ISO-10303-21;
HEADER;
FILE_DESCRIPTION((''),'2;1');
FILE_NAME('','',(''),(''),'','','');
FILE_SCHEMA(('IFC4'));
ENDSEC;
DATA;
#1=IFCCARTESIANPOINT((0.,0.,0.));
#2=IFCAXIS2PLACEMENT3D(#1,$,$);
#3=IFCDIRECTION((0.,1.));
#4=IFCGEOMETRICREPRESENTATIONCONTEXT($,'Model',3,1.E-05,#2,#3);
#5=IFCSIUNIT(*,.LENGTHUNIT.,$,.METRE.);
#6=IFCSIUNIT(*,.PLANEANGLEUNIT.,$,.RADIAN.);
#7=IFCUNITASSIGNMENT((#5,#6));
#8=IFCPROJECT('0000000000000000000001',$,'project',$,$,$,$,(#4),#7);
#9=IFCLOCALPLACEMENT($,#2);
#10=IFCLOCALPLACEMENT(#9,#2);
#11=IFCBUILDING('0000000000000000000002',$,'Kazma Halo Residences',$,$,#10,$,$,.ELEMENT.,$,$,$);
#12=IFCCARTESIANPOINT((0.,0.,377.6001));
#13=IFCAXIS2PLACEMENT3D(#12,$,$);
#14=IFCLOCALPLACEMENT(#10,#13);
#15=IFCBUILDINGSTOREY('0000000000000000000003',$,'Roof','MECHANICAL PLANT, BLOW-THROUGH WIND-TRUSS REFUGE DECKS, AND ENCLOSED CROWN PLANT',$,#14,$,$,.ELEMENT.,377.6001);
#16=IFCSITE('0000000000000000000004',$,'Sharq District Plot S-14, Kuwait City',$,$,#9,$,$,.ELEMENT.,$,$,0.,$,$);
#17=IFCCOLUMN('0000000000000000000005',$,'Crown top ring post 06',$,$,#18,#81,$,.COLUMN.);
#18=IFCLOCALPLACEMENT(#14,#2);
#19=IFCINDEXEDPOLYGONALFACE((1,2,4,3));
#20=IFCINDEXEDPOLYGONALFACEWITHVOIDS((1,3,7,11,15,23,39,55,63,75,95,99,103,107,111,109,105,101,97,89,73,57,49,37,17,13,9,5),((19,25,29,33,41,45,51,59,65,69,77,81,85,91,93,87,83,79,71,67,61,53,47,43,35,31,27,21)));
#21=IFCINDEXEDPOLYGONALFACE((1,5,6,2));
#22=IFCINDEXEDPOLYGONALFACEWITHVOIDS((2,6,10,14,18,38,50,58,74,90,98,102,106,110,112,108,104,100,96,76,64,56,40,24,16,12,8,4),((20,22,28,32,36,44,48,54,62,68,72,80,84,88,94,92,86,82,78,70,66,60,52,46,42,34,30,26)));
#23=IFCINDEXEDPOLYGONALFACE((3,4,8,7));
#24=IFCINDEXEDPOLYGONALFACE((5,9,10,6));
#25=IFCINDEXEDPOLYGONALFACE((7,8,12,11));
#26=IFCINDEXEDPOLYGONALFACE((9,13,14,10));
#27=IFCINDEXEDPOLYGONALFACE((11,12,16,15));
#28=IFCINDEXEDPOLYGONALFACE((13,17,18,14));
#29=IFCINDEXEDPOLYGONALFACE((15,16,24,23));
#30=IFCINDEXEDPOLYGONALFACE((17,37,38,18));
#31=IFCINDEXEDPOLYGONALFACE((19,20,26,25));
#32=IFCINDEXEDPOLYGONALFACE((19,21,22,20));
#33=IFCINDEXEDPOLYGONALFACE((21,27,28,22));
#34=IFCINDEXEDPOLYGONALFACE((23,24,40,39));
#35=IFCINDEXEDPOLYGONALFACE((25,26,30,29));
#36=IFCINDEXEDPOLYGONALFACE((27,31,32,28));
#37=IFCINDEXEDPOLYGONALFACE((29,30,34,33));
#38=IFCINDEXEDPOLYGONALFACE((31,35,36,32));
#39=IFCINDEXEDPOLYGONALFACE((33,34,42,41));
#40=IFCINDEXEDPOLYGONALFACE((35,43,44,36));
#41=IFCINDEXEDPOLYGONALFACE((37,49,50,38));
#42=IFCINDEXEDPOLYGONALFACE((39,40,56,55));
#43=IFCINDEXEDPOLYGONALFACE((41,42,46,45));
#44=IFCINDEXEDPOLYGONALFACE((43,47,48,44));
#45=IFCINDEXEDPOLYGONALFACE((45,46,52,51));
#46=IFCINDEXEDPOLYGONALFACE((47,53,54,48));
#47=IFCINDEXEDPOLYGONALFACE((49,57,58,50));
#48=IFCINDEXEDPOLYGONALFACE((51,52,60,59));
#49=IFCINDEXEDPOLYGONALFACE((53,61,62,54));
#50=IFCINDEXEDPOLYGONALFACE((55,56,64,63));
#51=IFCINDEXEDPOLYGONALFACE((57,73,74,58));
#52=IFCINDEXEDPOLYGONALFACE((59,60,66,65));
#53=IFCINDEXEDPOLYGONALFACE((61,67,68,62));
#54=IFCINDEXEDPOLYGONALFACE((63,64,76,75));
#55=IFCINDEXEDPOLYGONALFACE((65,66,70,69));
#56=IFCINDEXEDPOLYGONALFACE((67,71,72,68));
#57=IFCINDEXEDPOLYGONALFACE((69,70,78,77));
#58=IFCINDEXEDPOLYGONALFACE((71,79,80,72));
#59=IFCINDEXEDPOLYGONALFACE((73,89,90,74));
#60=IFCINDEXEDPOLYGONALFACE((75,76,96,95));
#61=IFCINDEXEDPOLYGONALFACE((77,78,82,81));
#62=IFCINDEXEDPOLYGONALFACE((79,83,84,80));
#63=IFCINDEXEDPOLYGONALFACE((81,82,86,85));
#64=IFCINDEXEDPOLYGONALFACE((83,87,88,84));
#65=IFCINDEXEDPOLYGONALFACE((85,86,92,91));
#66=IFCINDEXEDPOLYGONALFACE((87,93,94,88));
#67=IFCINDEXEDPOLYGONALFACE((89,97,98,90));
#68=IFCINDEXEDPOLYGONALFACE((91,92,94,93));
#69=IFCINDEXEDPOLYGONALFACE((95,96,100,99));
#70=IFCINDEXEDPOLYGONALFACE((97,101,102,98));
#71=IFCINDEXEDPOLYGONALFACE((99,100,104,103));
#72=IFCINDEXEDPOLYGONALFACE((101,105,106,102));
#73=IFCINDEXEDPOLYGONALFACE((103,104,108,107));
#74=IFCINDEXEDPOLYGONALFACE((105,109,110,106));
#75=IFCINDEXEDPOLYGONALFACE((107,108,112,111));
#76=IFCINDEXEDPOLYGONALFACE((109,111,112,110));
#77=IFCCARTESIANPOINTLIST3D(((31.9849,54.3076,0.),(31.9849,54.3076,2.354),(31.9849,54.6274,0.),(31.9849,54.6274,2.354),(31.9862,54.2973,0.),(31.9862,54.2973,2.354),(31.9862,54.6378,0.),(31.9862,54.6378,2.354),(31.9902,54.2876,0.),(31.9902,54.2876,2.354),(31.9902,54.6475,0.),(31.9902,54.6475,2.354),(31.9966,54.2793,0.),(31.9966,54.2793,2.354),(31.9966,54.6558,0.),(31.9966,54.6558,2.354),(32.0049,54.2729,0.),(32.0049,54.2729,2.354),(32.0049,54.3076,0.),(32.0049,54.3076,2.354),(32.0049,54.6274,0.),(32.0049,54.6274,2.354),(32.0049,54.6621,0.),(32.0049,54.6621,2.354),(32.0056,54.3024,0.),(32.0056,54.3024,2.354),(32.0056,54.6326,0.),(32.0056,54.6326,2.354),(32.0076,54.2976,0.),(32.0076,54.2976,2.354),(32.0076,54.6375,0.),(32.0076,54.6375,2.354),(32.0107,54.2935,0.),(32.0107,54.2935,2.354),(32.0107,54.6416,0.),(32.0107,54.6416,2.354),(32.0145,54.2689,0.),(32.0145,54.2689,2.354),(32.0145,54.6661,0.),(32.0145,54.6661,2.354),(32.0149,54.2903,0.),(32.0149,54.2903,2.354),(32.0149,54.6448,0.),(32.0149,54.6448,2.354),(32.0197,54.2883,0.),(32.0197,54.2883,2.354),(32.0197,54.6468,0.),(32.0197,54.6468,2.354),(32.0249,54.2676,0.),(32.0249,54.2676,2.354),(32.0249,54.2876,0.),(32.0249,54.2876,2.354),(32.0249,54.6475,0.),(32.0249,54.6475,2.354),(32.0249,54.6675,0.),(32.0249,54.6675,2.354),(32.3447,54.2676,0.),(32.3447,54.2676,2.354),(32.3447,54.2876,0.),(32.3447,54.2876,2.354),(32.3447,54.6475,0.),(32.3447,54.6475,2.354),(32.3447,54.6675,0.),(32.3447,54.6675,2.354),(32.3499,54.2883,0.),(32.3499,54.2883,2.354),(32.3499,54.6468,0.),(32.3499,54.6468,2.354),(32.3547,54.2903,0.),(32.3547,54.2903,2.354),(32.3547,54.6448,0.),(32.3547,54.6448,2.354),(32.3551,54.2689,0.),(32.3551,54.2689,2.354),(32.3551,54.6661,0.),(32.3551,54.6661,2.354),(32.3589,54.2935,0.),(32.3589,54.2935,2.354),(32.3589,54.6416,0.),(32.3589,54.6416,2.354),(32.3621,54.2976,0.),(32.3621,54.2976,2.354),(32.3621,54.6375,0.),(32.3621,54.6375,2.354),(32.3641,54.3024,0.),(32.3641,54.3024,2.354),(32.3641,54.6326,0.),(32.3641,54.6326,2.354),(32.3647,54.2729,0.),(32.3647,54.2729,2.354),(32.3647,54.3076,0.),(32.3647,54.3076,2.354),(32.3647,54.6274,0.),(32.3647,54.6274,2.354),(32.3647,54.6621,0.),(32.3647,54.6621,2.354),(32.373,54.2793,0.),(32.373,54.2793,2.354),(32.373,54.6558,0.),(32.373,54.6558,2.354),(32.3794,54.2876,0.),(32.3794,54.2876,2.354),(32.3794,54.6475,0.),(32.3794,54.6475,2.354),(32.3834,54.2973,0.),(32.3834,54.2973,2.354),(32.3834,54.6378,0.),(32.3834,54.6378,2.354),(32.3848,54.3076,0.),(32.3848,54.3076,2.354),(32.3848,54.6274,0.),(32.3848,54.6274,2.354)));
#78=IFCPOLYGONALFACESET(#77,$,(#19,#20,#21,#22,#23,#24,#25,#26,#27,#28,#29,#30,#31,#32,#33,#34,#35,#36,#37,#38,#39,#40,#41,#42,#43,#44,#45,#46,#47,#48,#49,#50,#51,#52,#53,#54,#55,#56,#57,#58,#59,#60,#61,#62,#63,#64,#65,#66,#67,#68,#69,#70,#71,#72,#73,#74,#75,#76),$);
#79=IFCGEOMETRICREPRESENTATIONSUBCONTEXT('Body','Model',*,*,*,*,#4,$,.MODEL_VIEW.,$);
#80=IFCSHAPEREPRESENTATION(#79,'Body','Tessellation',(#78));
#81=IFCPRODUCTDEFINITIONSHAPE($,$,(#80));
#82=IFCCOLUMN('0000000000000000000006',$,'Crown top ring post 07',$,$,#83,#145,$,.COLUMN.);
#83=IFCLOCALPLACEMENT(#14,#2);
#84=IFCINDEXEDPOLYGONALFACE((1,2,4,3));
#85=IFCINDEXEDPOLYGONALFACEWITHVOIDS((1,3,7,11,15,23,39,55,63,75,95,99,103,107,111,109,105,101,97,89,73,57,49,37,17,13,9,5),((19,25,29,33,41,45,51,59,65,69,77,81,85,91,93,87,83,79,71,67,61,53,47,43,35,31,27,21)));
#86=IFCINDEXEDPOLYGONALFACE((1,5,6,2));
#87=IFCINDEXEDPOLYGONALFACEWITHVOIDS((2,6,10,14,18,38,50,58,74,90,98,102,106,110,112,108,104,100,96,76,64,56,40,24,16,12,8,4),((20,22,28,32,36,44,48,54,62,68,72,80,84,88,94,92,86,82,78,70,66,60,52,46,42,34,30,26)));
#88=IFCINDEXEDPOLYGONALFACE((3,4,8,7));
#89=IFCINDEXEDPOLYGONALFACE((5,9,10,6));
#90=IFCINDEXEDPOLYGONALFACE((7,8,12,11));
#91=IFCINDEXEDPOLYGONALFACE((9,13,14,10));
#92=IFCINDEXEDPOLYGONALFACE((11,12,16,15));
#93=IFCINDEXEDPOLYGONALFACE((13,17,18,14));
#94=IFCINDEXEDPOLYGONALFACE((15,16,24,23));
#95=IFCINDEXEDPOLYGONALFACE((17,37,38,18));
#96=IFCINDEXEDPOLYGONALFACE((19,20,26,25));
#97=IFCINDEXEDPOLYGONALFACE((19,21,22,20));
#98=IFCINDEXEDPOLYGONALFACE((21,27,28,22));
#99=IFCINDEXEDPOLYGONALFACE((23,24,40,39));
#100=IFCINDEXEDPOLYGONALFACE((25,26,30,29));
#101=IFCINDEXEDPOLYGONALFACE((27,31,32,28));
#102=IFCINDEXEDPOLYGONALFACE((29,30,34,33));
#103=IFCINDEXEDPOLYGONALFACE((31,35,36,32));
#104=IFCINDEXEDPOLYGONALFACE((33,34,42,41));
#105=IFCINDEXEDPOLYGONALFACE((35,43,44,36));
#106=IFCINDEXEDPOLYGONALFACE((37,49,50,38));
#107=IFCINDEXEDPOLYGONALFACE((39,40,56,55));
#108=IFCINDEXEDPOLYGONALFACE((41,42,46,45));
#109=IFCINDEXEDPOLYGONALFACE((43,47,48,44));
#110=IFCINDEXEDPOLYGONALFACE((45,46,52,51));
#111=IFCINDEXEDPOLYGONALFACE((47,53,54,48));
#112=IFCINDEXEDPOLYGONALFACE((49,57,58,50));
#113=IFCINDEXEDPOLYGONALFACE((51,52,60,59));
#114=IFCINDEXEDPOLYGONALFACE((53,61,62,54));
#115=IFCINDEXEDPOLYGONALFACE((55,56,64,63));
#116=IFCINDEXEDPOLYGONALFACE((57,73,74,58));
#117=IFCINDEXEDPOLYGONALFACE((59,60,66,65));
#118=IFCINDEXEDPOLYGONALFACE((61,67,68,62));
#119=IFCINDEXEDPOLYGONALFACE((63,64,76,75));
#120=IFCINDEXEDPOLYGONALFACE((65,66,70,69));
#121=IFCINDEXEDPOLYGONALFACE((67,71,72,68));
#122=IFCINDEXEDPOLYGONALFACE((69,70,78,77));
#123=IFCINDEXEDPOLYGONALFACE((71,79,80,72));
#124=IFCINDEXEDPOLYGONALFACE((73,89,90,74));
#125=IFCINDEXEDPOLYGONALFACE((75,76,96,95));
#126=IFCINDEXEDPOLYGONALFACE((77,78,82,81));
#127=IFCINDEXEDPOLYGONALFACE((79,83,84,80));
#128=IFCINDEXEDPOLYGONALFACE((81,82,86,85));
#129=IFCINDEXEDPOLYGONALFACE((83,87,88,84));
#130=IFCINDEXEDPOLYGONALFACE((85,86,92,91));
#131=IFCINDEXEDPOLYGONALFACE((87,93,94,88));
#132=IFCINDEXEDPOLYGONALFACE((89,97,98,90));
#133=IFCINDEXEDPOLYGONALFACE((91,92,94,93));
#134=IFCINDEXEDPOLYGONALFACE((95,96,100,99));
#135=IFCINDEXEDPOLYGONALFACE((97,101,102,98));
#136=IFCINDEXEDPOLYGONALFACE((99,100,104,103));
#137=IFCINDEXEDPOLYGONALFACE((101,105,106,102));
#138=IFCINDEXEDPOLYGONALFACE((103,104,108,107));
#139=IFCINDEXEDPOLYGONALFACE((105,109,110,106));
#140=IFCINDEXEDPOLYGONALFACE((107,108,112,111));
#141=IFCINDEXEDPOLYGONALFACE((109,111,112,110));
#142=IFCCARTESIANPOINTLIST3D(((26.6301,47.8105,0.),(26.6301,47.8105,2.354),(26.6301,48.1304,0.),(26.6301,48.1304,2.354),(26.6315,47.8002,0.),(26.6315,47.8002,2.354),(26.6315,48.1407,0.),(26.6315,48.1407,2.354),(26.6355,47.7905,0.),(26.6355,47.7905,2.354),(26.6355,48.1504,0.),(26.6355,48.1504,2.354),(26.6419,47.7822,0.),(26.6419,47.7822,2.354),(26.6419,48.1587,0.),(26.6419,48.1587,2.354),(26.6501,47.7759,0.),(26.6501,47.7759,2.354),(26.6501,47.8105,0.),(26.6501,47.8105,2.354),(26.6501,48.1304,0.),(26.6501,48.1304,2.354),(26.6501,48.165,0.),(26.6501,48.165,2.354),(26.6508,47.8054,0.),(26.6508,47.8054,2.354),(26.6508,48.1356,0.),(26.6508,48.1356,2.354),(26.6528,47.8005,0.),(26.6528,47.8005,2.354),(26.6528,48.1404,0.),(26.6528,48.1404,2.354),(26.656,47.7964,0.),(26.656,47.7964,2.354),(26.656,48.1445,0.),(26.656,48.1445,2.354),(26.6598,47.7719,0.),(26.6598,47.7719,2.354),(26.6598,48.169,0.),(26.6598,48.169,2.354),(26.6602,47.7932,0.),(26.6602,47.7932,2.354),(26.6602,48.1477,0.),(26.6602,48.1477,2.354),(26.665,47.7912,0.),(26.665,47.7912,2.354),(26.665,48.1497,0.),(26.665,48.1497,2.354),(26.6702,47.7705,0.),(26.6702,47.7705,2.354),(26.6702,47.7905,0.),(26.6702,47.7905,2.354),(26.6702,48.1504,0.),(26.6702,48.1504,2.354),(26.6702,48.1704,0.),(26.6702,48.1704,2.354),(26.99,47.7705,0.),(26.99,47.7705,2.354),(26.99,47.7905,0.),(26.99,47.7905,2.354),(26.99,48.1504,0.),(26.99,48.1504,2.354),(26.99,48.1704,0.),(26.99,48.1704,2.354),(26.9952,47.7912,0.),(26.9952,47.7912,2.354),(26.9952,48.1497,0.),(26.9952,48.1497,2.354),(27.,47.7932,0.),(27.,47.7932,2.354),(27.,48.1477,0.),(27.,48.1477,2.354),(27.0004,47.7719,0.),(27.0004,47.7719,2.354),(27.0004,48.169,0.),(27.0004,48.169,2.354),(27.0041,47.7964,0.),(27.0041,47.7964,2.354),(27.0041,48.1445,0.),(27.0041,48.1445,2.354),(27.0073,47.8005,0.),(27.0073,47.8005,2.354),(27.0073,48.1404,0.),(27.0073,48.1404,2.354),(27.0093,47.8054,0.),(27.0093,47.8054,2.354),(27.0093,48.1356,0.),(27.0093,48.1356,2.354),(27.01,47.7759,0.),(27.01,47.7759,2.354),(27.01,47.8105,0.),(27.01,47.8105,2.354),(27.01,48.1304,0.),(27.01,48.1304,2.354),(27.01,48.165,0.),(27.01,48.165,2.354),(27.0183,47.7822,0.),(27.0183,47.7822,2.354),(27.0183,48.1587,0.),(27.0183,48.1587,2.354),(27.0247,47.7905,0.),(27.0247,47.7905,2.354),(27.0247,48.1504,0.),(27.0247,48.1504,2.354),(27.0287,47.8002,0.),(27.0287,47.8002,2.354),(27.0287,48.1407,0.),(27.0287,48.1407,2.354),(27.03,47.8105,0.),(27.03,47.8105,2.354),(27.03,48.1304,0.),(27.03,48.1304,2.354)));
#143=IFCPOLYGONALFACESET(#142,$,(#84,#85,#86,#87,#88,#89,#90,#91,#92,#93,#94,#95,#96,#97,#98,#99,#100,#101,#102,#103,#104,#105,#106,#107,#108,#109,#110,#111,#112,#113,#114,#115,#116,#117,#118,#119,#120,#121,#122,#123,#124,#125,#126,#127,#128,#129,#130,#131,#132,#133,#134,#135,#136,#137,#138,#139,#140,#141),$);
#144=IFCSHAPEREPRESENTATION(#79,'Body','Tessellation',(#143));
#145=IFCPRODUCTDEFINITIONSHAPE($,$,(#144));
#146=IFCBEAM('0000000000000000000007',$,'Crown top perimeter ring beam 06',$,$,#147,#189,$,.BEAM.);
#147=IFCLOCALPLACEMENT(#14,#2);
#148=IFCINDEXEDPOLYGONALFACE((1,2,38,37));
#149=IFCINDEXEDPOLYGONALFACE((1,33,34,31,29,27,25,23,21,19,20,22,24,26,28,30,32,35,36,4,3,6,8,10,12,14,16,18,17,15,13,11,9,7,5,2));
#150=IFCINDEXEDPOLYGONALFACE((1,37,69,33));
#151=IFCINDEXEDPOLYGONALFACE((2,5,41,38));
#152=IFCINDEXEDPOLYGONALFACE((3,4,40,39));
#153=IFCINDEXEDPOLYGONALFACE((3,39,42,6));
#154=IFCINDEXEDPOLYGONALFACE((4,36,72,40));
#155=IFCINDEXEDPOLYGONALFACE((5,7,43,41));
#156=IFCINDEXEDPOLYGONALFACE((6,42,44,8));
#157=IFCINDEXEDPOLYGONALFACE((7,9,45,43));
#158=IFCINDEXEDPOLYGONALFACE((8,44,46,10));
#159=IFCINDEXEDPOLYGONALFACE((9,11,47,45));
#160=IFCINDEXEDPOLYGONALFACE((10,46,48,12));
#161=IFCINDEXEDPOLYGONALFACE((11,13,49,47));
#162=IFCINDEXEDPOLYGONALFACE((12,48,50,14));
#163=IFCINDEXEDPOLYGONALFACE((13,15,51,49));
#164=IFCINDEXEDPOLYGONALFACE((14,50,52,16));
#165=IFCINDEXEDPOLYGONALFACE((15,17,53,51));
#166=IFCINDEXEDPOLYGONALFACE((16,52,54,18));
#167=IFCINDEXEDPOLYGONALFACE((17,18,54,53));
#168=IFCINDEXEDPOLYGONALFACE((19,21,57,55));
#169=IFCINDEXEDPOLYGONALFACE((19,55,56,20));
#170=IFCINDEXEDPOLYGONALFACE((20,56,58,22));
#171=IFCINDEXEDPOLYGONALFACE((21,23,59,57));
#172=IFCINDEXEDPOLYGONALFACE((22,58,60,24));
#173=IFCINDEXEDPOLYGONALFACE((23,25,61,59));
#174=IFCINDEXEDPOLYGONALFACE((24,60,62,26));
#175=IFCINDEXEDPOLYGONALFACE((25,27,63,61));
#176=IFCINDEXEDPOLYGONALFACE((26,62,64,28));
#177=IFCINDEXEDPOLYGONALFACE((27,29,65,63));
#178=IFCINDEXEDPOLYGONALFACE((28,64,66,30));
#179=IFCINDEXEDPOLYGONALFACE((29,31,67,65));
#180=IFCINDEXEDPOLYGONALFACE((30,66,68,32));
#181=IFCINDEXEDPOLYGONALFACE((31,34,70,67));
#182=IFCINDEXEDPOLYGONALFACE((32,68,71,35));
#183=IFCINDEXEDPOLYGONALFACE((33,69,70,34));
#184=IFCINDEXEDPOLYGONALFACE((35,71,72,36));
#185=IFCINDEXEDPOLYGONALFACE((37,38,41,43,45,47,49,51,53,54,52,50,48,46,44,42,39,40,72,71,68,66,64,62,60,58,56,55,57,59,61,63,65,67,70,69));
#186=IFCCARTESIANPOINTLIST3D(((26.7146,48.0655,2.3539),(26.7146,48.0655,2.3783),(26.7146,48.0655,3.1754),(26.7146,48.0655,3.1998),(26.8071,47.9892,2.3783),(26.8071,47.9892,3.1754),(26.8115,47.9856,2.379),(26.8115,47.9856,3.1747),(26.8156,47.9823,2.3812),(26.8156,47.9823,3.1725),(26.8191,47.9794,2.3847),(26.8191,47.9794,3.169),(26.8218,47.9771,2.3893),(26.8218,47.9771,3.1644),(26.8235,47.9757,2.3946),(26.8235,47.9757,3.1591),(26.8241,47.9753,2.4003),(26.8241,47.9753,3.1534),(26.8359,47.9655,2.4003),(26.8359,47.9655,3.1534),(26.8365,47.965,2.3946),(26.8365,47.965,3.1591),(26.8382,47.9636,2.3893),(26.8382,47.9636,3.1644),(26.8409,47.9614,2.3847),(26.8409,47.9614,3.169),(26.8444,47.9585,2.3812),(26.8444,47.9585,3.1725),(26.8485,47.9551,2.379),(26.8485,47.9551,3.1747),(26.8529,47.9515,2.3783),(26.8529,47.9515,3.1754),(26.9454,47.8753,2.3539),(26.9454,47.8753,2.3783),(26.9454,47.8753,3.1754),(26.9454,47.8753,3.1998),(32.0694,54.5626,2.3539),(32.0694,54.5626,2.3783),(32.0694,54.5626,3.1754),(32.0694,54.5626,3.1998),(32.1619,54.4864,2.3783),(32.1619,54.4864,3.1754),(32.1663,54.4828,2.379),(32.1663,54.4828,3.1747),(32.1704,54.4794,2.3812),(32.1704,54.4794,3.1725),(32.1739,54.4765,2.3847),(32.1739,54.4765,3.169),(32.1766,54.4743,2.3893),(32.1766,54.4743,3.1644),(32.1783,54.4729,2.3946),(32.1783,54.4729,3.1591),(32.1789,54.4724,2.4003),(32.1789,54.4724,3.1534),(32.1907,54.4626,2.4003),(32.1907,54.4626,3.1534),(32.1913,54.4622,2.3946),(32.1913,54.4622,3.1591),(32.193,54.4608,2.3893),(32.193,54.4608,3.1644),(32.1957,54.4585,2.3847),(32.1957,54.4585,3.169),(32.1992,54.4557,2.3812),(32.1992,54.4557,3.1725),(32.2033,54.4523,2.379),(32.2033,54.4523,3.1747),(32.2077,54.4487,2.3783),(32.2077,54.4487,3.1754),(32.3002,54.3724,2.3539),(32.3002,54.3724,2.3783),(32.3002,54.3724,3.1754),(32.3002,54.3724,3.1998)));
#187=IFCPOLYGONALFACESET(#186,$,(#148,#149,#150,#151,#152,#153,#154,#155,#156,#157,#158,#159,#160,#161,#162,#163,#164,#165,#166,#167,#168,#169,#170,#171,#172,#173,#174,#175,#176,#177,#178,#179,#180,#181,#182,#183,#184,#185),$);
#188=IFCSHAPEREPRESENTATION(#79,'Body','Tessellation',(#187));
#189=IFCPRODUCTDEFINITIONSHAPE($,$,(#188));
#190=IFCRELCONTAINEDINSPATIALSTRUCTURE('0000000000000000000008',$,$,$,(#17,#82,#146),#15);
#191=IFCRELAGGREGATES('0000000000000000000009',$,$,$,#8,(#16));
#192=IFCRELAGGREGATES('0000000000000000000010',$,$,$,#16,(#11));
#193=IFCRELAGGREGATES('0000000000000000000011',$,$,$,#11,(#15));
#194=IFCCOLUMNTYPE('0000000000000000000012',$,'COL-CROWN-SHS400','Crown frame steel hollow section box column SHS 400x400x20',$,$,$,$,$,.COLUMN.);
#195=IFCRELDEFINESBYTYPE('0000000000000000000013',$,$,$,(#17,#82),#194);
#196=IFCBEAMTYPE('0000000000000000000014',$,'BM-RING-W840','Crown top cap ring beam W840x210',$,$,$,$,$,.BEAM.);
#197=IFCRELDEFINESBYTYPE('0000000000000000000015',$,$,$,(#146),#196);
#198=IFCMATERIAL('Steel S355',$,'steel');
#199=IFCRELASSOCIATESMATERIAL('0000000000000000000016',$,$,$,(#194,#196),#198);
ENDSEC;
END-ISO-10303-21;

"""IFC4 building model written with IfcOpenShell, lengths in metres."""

from ifc_helpers import new_model, si_unit, direction, frame, origin, origin_2d, place, context, subcontext, project, spatial, hollow_rectangle, i_section, extrude, material, material_profile, profile_set, type_object, element, save


model = new_model("IFC4")

# Units and contexts
model_context = context("Model", 3, precision=1e-05, world=origin(), true_north=direction((0.0, 1.0)))
body_context = subcontext(model_context, "Body", "Model", "MODEL_VIEW")
ifc_project = project(units=[si_unit("LENGTHUNIT", "METRE"), si_unit("PLANEANGLEUNIT", "RADIAN")], contexts=[model_context])

# Site, building, storey
site_placement = place(None, origin())
site = spatial("IfcSite", under=ifc_project, at=site_placement, Name="Sharq District Plot S-14, Kuwait City", CompositionType="ELEMENT", RefElevation=0.0)
building_placement = place(site_placement, origin())
building = spatial("IfcBuilding", under=site, at=building_placement, Name="Kazma Halo Residences", CompositionType="ELEMENT")
storey_placement = place(building_placement, frame((0.0, 0.0, 377.6001)))
storey = spatial("IfcBuildingStorey", under=building, at=storey_placement, Name="Roof", Description="MECHANICAL PLANT, BLOW-THROUGH WIND-TRUSS REFUGE DECKS, AND ENCLOSED CROWN PLANT", CompositionType="ELEMENT", Elevation=377.6001)

# Columns
ifc_material_1 = material(Name="Steel S355", Category="steel")
ifc_material_profile_1 = material_profile(ifc_material_1, hollow_rectangle(XDim=0.3999, YDim=0.3999, WallThickness=0.02, InnerFilletRadius=0.02, OuterFilletRadius=0.04, at=origin_2d()), Name="SHS400x400x20")
ifc_profile_set_1 = profile_set([ifc_material_profile_1], Name="Steel S355")
column_type = type_object("IfcColumnType", Name="COL-CROWN-SHS400", Description="Crown frame steel hollow section box column SHS 400x400x20", PredefinedType="COLUMN", material=ifc_profile_set_1)
for number, where, z_axis, x_axis, name in (
    (1, (32.1848, 54.4675, 0.0), (0.0, 0.0, 1.0), (1.0, 0.0, 0.0), "Crown top ring post 06"),
    (2, (26.8301, 47.9705, 0.0), (0.0, 0.0, 1.0), (1.0, 0.0, 0.0), "Crown top ring post 07"),
):
    element("IfcColumn", number, at=place(storey_placement, frame(where, z_axis=z_axis, x_axis=x_axis)), inside=storey, type_object=column_type, Name=name, PredefinedType="COLUMN", context=body_context, shape_type="SweptSolid", body=[
        extrude(hollow_rectangle(XDim=0.3999, YDim=0.3999, WallThickness=0.02, InnerFilletRadius=0.02, OuterFilletRadius=0.04, at=origin_2d()), origin(), (0.0, 0.0, 1.0), 2.354),
    ])

# Beam
ifc_material_profile_2 = material_profile(ifc_material_1, i_section(OverallWidth=0.2991, OverallDepth=0.8459, WebThickness=0.0154, FlangeThickness=0.0244, FilletRadius=0.022, at=origin_2d()), Name="W840x210")
ifc_profile_set_2 = profile_set([ifc_material_profile_2], Name="Steel S355")
beam_type_1 = type_object("IfcBeamType", Name="BM-RING-W840", Description="Crown top cap ring beam W840x210", PredefinedType="BEAM", material=ifc_profile_set_2)
beam_1_placement = place(storey_placement, frame((32.1848, 54.4675, 2.7769), z_axis=(-0.636005, -0.771685, 0.0), x_axis=(0.771685, -0.636005, 0.0)))
element("IfcBeam", 3, at=beam_1_placement, inside=storey, type_object=beam_type_1, Name="Crown top perimeter ring beam 06", PredefinedType="BEAM", context=body_context, shape_type="SweptSolid", body=[
    extrude(i_section(OverallWidth=0.2991, OverallDepth=0.8459, WebThickness=0.0154, FlangeThickness=0.0244, FilletRadius=0.022, at=origin_2d()), origin(), (0.0, 0.0, 1.0), 8.4194),
])

save(model, "model.ifc")
